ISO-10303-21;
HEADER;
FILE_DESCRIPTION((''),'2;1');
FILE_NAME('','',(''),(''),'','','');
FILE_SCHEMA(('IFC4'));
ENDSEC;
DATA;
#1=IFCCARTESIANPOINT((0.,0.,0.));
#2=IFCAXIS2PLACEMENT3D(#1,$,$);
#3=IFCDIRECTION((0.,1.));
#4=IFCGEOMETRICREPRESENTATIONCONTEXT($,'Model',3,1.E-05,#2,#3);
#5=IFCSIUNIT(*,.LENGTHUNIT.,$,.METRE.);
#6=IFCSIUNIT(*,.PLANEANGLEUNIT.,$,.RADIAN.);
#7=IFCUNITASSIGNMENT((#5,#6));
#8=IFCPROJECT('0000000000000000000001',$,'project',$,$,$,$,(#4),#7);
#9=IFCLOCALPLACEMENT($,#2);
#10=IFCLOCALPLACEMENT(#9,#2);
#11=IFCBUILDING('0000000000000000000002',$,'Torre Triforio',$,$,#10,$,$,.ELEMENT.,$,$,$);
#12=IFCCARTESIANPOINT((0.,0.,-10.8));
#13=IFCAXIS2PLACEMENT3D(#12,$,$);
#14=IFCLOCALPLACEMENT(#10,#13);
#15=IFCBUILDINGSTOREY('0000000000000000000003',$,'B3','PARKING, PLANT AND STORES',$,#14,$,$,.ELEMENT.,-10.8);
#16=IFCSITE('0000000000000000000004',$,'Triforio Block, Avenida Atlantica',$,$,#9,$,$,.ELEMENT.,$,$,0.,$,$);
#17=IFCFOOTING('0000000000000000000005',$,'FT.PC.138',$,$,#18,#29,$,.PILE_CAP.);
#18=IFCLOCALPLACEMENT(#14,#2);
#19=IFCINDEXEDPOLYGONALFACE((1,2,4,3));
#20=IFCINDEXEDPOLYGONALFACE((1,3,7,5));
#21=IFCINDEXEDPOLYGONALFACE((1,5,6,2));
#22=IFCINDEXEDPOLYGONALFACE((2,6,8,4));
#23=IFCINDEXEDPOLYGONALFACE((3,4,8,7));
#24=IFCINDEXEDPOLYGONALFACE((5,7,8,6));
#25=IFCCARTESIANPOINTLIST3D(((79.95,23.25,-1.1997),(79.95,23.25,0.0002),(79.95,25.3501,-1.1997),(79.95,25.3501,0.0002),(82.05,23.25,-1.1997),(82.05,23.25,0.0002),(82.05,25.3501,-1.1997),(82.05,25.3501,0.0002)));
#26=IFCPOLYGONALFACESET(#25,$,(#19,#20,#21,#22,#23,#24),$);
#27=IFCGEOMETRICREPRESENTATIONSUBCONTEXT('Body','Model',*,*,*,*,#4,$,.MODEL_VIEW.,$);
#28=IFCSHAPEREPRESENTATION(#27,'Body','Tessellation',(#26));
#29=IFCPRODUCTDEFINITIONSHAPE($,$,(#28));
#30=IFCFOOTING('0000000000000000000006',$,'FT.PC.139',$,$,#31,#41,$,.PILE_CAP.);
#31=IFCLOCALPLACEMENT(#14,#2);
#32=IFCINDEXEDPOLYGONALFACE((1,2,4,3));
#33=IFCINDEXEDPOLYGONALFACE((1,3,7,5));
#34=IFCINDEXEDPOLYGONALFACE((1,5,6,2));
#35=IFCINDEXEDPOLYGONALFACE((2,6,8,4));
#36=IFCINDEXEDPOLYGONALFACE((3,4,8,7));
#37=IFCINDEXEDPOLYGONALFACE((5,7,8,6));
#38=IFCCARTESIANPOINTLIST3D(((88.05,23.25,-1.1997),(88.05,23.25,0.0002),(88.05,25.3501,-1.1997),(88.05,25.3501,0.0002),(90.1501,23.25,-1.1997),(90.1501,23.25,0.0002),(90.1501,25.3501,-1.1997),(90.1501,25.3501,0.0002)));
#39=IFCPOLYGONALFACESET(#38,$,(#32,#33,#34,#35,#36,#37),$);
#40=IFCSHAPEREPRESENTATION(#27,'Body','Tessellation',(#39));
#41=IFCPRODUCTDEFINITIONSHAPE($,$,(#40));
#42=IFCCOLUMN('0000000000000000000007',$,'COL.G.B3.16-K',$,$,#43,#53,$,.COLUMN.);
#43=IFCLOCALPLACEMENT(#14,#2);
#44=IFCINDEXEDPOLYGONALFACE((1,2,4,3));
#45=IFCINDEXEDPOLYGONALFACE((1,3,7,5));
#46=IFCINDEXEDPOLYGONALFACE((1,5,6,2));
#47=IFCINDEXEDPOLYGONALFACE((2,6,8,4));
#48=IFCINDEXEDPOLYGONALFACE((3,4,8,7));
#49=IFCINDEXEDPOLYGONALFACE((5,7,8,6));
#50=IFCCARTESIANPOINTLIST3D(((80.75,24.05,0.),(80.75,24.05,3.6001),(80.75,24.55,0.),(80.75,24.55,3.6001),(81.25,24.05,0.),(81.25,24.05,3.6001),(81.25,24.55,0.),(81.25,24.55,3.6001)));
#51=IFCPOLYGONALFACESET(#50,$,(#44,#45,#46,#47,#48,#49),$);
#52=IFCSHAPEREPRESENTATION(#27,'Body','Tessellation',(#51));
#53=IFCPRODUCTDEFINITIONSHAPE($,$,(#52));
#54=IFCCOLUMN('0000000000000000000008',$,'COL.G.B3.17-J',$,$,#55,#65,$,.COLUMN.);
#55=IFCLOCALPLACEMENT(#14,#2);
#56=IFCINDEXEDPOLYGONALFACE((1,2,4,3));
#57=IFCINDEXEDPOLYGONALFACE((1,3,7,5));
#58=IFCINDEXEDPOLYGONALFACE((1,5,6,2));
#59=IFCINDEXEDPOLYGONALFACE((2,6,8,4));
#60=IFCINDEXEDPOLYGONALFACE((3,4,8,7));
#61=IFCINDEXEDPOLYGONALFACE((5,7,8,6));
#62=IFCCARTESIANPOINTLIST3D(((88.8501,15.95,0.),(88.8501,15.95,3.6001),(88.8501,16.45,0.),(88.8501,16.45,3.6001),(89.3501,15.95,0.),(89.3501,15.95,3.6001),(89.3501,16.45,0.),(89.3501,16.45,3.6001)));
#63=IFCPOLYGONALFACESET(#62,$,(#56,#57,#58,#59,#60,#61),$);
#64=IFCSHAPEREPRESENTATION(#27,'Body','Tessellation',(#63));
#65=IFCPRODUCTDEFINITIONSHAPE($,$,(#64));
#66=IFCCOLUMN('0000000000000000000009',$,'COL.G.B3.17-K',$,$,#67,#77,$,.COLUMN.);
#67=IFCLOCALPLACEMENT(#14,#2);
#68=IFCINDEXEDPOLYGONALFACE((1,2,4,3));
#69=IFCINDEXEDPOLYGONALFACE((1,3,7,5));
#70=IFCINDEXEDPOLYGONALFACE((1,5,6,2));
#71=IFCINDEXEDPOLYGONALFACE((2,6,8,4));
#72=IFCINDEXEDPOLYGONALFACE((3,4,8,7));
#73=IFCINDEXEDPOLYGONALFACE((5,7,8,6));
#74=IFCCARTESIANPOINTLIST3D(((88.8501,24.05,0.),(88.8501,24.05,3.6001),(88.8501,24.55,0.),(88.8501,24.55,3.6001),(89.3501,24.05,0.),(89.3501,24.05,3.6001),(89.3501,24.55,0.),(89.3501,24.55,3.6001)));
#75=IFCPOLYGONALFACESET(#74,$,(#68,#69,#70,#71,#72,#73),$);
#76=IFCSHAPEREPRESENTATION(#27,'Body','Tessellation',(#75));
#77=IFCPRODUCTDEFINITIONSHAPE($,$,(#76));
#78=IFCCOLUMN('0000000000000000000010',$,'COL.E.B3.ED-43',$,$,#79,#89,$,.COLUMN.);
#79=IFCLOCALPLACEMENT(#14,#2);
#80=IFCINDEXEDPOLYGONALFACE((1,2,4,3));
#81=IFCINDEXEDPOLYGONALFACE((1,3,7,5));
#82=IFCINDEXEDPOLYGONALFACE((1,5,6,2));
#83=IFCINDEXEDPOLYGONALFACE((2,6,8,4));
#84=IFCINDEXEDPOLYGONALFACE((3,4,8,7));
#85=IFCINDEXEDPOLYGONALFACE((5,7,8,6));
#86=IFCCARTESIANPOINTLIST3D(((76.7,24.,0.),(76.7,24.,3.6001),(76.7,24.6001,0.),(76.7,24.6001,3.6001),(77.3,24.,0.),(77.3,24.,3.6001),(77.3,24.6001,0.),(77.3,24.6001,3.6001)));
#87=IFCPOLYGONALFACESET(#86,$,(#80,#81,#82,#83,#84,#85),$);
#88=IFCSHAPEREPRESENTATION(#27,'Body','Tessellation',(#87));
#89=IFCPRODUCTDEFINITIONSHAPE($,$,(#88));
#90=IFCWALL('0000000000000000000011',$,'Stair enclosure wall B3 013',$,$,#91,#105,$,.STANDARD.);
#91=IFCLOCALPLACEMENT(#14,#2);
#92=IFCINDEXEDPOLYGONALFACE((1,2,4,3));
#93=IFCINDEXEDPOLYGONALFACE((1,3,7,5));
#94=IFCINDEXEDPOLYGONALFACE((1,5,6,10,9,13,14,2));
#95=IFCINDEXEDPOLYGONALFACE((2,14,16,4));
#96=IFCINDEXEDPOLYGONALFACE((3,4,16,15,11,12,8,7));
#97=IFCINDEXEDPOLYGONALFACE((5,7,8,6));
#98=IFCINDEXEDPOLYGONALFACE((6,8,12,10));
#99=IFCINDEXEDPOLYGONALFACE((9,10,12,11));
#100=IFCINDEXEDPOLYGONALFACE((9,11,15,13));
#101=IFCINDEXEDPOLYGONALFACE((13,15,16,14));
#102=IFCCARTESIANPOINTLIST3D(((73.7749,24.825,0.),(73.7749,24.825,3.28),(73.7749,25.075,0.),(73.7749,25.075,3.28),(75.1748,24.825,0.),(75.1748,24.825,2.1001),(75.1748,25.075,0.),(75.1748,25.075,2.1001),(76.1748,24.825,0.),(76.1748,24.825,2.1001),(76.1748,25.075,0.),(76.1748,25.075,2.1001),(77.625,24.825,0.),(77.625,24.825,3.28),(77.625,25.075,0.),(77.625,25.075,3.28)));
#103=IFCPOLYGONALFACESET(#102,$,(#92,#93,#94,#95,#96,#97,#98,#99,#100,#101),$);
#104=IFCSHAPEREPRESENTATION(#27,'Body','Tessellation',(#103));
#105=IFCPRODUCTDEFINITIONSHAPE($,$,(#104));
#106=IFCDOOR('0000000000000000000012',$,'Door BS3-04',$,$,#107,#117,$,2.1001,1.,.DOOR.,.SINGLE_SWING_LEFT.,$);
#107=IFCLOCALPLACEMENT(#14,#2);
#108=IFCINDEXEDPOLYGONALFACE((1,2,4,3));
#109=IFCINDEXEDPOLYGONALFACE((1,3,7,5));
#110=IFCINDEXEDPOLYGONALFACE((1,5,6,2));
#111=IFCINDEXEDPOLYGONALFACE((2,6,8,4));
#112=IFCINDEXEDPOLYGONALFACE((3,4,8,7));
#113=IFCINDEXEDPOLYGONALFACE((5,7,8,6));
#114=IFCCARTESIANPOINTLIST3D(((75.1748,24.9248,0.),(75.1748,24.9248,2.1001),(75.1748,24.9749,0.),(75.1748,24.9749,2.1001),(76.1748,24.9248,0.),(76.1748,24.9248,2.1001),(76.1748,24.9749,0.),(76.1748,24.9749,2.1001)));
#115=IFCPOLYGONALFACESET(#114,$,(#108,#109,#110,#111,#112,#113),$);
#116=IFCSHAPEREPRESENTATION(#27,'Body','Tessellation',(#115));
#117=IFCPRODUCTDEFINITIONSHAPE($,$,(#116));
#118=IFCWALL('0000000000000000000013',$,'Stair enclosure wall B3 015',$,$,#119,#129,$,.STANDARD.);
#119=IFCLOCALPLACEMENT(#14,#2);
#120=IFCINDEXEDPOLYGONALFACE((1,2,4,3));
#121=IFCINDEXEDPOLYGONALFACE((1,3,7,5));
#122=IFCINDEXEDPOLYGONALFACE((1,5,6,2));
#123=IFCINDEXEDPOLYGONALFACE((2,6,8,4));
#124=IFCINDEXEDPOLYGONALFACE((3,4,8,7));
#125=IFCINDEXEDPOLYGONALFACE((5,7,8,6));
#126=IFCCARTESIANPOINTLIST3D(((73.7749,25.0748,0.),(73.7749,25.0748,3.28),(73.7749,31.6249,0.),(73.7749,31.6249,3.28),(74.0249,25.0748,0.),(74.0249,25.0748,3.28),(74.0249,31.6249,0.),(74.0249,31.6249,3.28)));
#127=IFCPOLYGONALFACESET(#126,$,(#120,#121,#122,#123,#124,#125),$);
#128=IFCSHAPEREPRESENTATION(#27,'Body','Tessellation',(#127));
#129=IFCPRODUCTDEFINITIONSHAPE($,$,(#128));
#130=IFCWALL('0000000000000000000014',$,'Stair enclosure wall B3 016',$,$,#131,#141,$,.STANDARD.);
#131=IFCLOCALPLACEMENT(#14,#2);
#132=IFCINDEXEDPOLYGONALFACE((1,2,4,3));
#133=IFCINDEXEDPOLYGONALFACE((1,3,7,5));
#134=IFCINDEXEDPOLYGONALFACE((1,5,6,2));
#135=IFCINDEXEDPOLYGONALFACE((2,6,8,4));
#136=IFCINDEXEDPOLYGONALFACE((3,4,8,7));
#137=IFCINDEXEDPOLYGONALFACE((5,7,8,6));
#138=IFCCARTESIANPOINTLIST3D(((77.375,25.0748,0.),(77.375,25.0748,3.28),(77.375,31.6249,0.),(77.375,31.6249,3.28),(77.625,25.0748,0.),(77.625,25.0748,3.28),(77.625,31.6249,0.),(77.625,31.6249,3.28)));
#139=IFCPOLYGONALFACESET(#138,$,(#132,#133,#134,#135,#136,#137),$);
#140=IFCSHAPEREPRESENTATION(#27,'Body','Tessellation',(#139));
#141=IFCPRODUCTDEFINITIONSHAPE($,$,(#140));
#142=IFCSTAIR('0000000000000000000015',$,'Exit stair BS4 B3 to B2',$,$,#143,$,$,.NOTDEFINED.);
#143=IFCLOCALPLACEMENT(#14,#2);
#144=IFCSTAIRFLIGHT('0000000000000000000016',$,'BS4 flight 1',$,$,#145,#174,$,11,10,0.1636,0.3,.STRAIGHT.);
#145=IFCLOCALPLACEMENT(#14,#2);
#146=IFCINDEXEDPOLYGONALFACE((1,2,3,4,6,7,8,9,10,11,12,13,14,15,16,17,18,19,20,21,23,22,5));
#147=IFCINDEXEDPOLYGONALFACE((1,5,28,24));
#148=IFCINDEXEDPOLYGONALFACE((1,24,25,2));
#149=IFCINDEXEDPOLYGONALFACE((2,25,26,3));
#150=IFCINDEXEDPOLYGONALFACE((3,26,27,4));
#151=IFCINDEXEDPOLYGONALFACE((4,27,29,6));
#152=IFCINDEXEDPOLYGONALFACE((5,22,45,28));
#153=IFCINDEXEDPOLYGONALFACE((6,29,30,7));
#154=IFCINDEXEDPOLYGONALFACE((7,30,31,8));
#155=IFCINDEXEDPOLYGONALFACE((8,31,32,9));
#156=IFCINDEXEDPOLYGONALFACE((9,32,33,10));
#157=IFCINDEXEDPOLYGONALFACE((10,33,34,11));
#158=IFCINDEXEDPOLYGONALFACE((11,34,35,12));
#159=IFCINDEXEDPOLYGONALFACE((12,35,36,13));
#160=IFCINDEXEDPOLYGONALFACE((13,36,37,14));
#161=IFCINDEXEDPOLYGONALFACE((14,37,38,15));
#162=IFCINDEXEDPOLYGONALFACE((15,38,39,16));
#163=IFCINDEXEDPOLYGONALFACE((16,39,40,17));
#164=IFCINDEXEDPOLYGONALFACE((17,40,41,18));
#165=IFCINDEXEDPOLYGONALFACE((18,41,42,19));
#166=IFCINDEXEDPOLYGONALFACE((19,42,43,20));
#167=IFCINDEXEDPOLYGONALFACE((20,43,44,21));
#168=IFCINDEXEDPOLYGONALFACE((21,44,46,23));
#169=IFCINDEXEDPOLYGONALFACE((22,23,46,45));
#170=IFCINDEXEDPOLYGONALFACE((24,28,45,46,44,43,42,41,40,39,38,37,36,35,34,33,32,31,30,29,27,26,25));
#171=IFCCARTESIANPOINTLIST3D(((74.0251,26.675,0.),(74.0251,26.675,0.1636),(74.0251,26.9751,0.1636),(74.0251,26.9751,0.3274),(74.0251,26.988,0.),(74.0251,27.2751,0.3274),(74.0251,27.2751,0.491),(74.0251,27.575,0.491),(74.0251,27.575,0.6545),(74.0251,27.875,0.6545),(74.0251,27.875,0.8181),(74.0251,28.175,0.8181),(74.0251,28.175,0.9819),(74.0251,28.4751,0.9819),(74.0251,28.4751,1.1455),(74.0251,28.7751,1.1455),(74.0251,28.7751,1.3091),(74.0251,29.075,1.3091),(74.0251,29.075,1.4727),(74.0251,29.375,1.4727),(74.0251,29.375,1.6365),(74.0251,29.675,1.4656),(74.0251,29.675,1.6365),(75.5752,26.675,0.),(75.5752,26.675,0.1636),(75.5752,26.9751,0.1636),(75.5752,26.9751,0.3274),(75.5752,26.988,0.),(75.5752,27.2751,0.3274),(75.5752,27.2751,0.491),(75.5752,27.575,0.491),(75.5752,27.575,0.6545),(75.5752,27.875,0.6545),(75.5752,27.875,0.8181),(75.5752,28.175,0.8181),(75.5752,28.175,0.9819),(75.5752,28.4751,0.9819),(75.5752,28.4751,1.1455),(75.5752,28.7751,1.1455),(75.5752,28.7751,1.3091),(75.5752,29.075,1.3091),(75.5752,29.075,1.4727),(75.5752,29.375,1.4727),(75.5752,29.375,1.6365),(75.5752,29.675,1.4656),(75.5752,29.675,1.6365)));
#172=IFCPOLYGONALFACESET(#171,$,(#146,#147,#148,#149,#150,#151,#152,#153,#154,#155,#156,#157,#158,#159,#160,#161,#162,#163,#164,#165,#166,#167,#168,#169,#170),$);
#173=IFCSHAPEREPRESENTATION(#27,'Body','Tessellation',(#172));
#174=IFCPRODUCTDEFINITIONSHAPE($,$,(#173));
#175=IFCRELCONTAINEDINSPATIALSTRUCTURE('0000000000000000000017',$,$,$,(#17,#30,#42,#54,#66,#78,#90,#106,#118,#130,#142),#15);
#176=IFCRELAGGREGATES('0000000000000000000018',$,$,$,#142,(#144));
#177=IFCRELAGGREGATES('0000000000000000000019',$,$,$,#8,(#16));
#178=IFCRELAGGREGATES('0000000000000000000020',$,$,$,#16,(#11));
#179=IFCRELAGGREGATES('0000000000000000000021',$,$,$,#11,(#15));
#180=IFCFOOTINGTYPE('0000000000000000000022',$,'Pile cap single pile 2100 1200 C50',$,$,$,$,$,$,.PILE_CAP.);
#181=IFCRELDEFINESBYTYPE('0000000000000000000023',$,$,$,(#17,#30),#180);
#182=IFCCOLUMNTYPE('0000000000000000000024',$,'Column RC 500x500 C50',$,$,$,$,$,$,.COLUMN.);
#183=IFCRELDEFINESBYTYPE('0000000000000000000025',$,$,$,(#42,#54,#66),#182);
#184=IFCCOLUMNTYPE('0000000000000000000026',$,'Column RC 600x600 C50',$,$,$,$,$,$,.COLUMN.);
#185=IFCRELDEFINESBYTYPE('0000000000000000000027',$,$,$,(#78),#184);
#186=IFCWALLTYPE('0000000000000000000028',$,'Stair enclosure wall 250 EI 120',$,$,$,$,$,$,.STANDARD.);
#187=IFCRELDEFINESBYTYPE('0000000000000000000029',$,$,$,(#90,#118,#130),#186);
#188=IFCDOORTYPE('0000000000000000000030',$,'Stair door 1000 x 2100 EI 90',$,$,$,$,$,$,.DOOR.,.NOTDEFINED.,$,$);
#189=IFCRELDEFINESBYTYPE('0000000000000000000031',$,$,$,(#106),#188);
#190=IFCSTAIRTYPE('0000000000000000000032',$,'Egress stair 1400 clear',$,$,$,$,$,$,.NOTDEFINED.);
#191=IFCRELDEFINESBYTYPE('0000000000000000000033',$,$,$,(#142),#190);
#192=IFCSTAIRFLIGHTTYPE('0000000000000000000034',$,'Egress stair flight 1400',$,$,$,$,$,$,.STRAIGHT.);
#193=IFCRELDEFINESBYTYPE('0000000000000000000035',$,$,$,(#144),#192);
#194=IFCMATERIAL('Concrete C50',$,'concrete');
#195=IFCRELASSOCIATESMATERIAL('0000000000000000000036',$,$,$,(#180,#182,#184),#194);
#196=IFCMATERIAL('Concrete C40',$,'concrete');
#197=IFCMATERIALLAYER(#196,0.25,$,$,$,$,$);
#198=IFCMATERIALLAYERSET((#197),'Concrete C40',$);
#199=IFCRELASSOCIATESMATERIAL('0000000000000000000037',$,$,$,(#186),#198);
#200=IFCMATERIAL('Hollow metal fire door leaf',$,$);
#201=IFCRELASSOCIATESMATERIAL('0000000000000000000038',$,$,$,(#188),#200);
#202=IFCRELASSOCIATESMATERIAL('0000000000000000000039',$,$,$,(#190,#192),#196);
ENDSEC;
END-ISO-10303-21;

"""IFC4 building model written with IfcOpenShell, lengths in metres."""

from ifc_helpers import new_model, si_unit, direction, frame, frame_2d, origin, origin_2d, place, context, subcontext, project, spatial, polyline, rectangle, outline, extrude, material, layer, layer_set, material_profile, profile_set, type_object, element, fill, aggregate, save


model = new_model("IFC4")

# Units and contexts
model_context = context("Model", 3, precision=1e-05, world=origin(), true_north=direction((0.0, 1.0)))
body_context = subcontext(model_context, "Body", "Model", "MODEL_VIEW")
ifc_project = project(units=[si_unit("LENGTHUNIT", "METRE"), si_unit("PLANEANGLEUNIT", "RADIAN")], contexts=[model_context])

# Site, building, storey
site_placement = place(None, origin())
site = spatial("IfcSite", under=ifc_project, at=site_placement, Name="Triforio Block, Avenida Atlantica", CompositionType="ELEMENT", RefElevation=0.0)
building_placement = place(site_placement, origin())
building = spatial("IfcBuilding", under=site, at=building_placement, Name="Torre Triforio", CompositionType="ELEMENT")
storey_placement = place(building_placement, frame((0.0, 0.0, -10.8)))
storey = spatial("IfcBuildingStorey", under=building, at=storey_placement, Name="B3", Description="PARKING, PLANT AND STORES", CompositionType="ELEMENT", Elevation=-10.8)

# Footings
ifc_material_1 = material(Name="Concrete C50", Category="concrete")
footing_type = type_object("IfcFootingType", Name="Pile cap single pile 2100 1200 C50", PredefinedType="PILE_CAP", material=ifc_material_1)
for number, where, z_axis, x_axis, name in (
    (1, (81.0, 24.3, -1.1997), (0.0, 0.0, 1.0), (1.0, 0.0, 0.0), "FT.PC.138"),
    (2, (89.1001, 24.3, -1.1997), (0.0, 0.0, 1.0), (1.0, 0.0, 0.0), "FT.PC.139"),
):
    element("IfcFooting", number, at=place(storey_placement, frame(where, z_axis=z_axis, x_axis=x_axis)), inside=storey, type_object=footing_type, Name=name, PredefinedType="PILE_CAP", context=body_context, shape_type="SweptSolid", body=[
        extrude(rectangle(XDim=2.1001, YDim=2.1001, at=origin_2d()), origin(), (0.0, 0.0, 1.0), 1.2),
    ])

# Columns
ifc_material_profile_1 = material_profile(ifc_material_1, rectangle(XDim=0.5, YDim=0.5, at=origin_2d()), Name="RC 500x500")
ifc_profile_set_1 = profile_set([ifc_material_profile_1], Name="Concrete C50")
column_type_1 = type_object("IfcColumnType", Name="Column RC 500x500 C50", PredefinedType="COLUMN", material=ifc_profile_set_1)
for number, where, z_axis, x_axis, name in (
    (3, (81.0, 24.3, 0.0), (0.0, 0.0, 1.0), (1.0, 0.0, 0.0), "COL.G.B3.16-K"),
    (4, (89.1001, 16.2, 0.0), (0.0, 0.0, 1.0), (1.0, 0.0, 0.0), "COL.G.B3.17-J"),
    (5, (89.1001, 24.3, 0.0), (0.0, 0.0, 1.0), (1.0, 0.0, 0.0), "COL.G.B3.17-K"),
):
    element("IfcColumn", number, at=place(storey_placement, frame(where, z_axis=z_axis, x_axis=x_axis)), inside=storey, type_object=column_type_1, Name=name, PredefinedType="COLUMN", context=body_context, shape_type="SweptSolid", body=[
        extrude(rectangle(XDim=0.5, YDim=0.5, at=origin_2d()), origin(), (0.0, 0.0, 1.0), 3.6001),
    ])
ifc_material_profile_2 = material_profile(ifc_material_1, rectangle(XDim=0.6001, YDim=0.6001, at=origin_2d()), Name="RC 600x600")
ifc_profile_set_2 = profile_set([ifc_material_profile_2], Name="Concrete C50")
column_type_2 = type_object("IfcColumnType", Name="Column RC 600x600 C50", PredefinedType="COLUMN", material=ifc_profile_set_2)
column_placement = place(storey_placement, frame((77.0, 24.3, 0.0), z_axis=(0.0, 0.0, 1.0), x_axis=(1.0, 0.0, 0.0)))
element("IfcColumn", 6, at=column_placement, inside=storey, type_object=column_type_2, Name="COL.E.B3.ED-43", PredefinedType="COLUMN", context=body_context, shape_type="SweptSolid", body=[
    extrude(rectangle(XDim=0.6001, YDim=0.6001, at=origin_2d()), origin(), (0.0, 0.0, 1.0), 3.6001),
])

# Wall, opening, door
ifc_material_2 = material(Name="Concrete C40", Category="concrete")
ifc_layer = layer(ifc_material_2, 0.25)
ifc_layer_set = layer_set([ifc_layer], Name="Concrete C40")
wall_type = type_object("IfcWallType", Name="Stair enclosure wall 250 EI 120", PredefinedType="STANDARD", material=ifc_layer_set)
wall_placement = place(storey_placement, frame((73.7749, 24.95, 0.0), z_axis=(0.0, 0.0, 1.0), x_axis=(1.0, 0.0, 0.0)))
wall = element("IfcWall", 7, at=wall_placement, inside=storey, type_object=wall_type, Name="Stair enclosure wall B3 013", PredefinedType="STANDARD", context=body_context, shape_type="SweptSolid", body=[
    extrude(rectangle(XDim=3.8501, YDim=0.25, at=frame_2d((1.925, 0.0))), origin(), (0.0, 0.0, 1.0), 3.28),
])
opening_placement = place(wall_placement, frame((1.3999, 0.0, 0.0)))
opening = element("IfcOpeningElement", 8, at=opening_placement, cuts=wall, PredefinedType="OPENING", context=body_context, shape_type="SweptSolid", body=[
    extrude(rectangle(XDim=1.0, YDim=2.1001, at=frame_2d((0.5, 1.05))), frame((0.0, 0.135, 0.0), z_axis=(0.0, -1.0, 0.0), x_axis=(1.0, 0.0, 0.0)), (0.0, 0.0, 1.0), 0.27),
])
ifc_material_3 = material(Name="Hollow metal fire door leaf")
door_type = type_object("IfcDoorType", Name="Stair door 1000 x 2100 EI 90", OperationType="NOTDEFINED", PredefinedType="DOOR", material=ifc_material_3)
door_placement = place(opening_placement, origin())
door = element("IfcDoor", 9, at=door_placement, inside=storey, type_object=door_type, Name="Door BS3-04", OperationType="SINGLE_SWING_LEFT", OverallHeight=2.1001, OverallWidth=1.0, PredefinedType="DOOR", context=body_context, shape_type="SweptSolid", body=[
    extrude(rectangle(XDim=1.0, YDim=2.1001, at=frame_2d((0.5, 1.05))), frame((0.0, 0.0249, 0.0), z_axis=(0.0, -1.0, 0.0), x_axis=(1.0, 0.0, 0.0)), (0.0, 0.0, 1.0), 0.05),
])
fill(opening, door)

# Walls
for number, where, z_axis, x_axis, name in (
    (10, (73.8999, 25.075, 0.0), (0.0, 0.0, 1.0), (0.0, 1.0, 0.0), "Stair enclosure wall B3 015"),
    (11, (77.5, 25.075, 0.0), (0.0, 0.0, 1.0), (0.0, 1.0, 0.0), "Stair enclosure wall B3 016"),
):
    element("IfcWall", number, at=place(storey_placement, frame(where, z_axis=z_axis, x_axis=x_axis)), inside=storey, type_object=wall_type, Name=name, PredefinedType="STANDARD", context=body_context, shape_type="SweptSolid", body=[
        extrude(rectangle(XDim=6.55, YDim=0.25, at=frame_2d((3.2749, 0.0))), origin(), (0.0, 0.0, 1.0), 3.28),
    ])

# Stair, stair flight
stair_type = type_object("IfcStairType", Name="Egress stair 1400 clear", PredefinedType="NOTDEFINED", material=ifc_material_2)
stair_placement = place(storey_placement, origin())
stair = element("IfcStair", 12, at=stair_placement, inside=storey, type_object=stair_type, Name="Exit stair BS4 B3 to B2", PredefinedType="NOTDEFINED")
stair_flight_type = type_object("IfcStairFlightType", Name="Egress stair flight 1400", PredefinedType="STRAIGHT", material=ifc_material_2)
stair_flight_1_placement = place(storey_placement, frame((74.8, 26.675, 0.0), z_axis=(0.0, 0.0, 1.0), x_axis=(0.0, 1.0, 0.0)))
stair_flight_1 = element("IfcStairFlight", 13, at=stair_flight_1_placement, type_object=stair_flight_type, Name="BS4 flight 1", NumberOfRisers=11, NumberOfTreads=10, PredefinedType="STRAIGHT", RiserHeight=0.1636, TreadLength=0.3, context=body_context, shape_type="SweptSolid", body=[
    extrude(outline(polyline([(0.0, 0.0), (0.0, 0.1636), (0.3, 0.1636), (0.3, 0.3274), (0.6001, 0.3274), (0.6001, 0.491), (0.8999, 0.491), (0.8999, 0.6545), (1.2, 0.6545), (1.2, 0.8181), (1.5, 0.8181), (1.5, 0.9819), (1.8, 0.9819), (1.8, 1.1455), (2.1001, 1.1455), (2.1001, 1.3091), (2.3999, 1.3091), (2.3999, 1.4727), (2.7, 1.4727), (2.7, 1.6365), (3.0, 1.6365), (3.0, 1.8), (3.0, 1.4656), (0.313, 0.0), (0.0, 0.0)])), frame((0.0, 0.7749, 0.0), z_axis=(0.0, -1.0, 0.0), x_axis=(1.0, 0.0, 0.0)), (0.0, 0.0, 1.0), 1.55),
])
aggregate(stair, [stair_flight_1])

save(model, "model.ifc")
